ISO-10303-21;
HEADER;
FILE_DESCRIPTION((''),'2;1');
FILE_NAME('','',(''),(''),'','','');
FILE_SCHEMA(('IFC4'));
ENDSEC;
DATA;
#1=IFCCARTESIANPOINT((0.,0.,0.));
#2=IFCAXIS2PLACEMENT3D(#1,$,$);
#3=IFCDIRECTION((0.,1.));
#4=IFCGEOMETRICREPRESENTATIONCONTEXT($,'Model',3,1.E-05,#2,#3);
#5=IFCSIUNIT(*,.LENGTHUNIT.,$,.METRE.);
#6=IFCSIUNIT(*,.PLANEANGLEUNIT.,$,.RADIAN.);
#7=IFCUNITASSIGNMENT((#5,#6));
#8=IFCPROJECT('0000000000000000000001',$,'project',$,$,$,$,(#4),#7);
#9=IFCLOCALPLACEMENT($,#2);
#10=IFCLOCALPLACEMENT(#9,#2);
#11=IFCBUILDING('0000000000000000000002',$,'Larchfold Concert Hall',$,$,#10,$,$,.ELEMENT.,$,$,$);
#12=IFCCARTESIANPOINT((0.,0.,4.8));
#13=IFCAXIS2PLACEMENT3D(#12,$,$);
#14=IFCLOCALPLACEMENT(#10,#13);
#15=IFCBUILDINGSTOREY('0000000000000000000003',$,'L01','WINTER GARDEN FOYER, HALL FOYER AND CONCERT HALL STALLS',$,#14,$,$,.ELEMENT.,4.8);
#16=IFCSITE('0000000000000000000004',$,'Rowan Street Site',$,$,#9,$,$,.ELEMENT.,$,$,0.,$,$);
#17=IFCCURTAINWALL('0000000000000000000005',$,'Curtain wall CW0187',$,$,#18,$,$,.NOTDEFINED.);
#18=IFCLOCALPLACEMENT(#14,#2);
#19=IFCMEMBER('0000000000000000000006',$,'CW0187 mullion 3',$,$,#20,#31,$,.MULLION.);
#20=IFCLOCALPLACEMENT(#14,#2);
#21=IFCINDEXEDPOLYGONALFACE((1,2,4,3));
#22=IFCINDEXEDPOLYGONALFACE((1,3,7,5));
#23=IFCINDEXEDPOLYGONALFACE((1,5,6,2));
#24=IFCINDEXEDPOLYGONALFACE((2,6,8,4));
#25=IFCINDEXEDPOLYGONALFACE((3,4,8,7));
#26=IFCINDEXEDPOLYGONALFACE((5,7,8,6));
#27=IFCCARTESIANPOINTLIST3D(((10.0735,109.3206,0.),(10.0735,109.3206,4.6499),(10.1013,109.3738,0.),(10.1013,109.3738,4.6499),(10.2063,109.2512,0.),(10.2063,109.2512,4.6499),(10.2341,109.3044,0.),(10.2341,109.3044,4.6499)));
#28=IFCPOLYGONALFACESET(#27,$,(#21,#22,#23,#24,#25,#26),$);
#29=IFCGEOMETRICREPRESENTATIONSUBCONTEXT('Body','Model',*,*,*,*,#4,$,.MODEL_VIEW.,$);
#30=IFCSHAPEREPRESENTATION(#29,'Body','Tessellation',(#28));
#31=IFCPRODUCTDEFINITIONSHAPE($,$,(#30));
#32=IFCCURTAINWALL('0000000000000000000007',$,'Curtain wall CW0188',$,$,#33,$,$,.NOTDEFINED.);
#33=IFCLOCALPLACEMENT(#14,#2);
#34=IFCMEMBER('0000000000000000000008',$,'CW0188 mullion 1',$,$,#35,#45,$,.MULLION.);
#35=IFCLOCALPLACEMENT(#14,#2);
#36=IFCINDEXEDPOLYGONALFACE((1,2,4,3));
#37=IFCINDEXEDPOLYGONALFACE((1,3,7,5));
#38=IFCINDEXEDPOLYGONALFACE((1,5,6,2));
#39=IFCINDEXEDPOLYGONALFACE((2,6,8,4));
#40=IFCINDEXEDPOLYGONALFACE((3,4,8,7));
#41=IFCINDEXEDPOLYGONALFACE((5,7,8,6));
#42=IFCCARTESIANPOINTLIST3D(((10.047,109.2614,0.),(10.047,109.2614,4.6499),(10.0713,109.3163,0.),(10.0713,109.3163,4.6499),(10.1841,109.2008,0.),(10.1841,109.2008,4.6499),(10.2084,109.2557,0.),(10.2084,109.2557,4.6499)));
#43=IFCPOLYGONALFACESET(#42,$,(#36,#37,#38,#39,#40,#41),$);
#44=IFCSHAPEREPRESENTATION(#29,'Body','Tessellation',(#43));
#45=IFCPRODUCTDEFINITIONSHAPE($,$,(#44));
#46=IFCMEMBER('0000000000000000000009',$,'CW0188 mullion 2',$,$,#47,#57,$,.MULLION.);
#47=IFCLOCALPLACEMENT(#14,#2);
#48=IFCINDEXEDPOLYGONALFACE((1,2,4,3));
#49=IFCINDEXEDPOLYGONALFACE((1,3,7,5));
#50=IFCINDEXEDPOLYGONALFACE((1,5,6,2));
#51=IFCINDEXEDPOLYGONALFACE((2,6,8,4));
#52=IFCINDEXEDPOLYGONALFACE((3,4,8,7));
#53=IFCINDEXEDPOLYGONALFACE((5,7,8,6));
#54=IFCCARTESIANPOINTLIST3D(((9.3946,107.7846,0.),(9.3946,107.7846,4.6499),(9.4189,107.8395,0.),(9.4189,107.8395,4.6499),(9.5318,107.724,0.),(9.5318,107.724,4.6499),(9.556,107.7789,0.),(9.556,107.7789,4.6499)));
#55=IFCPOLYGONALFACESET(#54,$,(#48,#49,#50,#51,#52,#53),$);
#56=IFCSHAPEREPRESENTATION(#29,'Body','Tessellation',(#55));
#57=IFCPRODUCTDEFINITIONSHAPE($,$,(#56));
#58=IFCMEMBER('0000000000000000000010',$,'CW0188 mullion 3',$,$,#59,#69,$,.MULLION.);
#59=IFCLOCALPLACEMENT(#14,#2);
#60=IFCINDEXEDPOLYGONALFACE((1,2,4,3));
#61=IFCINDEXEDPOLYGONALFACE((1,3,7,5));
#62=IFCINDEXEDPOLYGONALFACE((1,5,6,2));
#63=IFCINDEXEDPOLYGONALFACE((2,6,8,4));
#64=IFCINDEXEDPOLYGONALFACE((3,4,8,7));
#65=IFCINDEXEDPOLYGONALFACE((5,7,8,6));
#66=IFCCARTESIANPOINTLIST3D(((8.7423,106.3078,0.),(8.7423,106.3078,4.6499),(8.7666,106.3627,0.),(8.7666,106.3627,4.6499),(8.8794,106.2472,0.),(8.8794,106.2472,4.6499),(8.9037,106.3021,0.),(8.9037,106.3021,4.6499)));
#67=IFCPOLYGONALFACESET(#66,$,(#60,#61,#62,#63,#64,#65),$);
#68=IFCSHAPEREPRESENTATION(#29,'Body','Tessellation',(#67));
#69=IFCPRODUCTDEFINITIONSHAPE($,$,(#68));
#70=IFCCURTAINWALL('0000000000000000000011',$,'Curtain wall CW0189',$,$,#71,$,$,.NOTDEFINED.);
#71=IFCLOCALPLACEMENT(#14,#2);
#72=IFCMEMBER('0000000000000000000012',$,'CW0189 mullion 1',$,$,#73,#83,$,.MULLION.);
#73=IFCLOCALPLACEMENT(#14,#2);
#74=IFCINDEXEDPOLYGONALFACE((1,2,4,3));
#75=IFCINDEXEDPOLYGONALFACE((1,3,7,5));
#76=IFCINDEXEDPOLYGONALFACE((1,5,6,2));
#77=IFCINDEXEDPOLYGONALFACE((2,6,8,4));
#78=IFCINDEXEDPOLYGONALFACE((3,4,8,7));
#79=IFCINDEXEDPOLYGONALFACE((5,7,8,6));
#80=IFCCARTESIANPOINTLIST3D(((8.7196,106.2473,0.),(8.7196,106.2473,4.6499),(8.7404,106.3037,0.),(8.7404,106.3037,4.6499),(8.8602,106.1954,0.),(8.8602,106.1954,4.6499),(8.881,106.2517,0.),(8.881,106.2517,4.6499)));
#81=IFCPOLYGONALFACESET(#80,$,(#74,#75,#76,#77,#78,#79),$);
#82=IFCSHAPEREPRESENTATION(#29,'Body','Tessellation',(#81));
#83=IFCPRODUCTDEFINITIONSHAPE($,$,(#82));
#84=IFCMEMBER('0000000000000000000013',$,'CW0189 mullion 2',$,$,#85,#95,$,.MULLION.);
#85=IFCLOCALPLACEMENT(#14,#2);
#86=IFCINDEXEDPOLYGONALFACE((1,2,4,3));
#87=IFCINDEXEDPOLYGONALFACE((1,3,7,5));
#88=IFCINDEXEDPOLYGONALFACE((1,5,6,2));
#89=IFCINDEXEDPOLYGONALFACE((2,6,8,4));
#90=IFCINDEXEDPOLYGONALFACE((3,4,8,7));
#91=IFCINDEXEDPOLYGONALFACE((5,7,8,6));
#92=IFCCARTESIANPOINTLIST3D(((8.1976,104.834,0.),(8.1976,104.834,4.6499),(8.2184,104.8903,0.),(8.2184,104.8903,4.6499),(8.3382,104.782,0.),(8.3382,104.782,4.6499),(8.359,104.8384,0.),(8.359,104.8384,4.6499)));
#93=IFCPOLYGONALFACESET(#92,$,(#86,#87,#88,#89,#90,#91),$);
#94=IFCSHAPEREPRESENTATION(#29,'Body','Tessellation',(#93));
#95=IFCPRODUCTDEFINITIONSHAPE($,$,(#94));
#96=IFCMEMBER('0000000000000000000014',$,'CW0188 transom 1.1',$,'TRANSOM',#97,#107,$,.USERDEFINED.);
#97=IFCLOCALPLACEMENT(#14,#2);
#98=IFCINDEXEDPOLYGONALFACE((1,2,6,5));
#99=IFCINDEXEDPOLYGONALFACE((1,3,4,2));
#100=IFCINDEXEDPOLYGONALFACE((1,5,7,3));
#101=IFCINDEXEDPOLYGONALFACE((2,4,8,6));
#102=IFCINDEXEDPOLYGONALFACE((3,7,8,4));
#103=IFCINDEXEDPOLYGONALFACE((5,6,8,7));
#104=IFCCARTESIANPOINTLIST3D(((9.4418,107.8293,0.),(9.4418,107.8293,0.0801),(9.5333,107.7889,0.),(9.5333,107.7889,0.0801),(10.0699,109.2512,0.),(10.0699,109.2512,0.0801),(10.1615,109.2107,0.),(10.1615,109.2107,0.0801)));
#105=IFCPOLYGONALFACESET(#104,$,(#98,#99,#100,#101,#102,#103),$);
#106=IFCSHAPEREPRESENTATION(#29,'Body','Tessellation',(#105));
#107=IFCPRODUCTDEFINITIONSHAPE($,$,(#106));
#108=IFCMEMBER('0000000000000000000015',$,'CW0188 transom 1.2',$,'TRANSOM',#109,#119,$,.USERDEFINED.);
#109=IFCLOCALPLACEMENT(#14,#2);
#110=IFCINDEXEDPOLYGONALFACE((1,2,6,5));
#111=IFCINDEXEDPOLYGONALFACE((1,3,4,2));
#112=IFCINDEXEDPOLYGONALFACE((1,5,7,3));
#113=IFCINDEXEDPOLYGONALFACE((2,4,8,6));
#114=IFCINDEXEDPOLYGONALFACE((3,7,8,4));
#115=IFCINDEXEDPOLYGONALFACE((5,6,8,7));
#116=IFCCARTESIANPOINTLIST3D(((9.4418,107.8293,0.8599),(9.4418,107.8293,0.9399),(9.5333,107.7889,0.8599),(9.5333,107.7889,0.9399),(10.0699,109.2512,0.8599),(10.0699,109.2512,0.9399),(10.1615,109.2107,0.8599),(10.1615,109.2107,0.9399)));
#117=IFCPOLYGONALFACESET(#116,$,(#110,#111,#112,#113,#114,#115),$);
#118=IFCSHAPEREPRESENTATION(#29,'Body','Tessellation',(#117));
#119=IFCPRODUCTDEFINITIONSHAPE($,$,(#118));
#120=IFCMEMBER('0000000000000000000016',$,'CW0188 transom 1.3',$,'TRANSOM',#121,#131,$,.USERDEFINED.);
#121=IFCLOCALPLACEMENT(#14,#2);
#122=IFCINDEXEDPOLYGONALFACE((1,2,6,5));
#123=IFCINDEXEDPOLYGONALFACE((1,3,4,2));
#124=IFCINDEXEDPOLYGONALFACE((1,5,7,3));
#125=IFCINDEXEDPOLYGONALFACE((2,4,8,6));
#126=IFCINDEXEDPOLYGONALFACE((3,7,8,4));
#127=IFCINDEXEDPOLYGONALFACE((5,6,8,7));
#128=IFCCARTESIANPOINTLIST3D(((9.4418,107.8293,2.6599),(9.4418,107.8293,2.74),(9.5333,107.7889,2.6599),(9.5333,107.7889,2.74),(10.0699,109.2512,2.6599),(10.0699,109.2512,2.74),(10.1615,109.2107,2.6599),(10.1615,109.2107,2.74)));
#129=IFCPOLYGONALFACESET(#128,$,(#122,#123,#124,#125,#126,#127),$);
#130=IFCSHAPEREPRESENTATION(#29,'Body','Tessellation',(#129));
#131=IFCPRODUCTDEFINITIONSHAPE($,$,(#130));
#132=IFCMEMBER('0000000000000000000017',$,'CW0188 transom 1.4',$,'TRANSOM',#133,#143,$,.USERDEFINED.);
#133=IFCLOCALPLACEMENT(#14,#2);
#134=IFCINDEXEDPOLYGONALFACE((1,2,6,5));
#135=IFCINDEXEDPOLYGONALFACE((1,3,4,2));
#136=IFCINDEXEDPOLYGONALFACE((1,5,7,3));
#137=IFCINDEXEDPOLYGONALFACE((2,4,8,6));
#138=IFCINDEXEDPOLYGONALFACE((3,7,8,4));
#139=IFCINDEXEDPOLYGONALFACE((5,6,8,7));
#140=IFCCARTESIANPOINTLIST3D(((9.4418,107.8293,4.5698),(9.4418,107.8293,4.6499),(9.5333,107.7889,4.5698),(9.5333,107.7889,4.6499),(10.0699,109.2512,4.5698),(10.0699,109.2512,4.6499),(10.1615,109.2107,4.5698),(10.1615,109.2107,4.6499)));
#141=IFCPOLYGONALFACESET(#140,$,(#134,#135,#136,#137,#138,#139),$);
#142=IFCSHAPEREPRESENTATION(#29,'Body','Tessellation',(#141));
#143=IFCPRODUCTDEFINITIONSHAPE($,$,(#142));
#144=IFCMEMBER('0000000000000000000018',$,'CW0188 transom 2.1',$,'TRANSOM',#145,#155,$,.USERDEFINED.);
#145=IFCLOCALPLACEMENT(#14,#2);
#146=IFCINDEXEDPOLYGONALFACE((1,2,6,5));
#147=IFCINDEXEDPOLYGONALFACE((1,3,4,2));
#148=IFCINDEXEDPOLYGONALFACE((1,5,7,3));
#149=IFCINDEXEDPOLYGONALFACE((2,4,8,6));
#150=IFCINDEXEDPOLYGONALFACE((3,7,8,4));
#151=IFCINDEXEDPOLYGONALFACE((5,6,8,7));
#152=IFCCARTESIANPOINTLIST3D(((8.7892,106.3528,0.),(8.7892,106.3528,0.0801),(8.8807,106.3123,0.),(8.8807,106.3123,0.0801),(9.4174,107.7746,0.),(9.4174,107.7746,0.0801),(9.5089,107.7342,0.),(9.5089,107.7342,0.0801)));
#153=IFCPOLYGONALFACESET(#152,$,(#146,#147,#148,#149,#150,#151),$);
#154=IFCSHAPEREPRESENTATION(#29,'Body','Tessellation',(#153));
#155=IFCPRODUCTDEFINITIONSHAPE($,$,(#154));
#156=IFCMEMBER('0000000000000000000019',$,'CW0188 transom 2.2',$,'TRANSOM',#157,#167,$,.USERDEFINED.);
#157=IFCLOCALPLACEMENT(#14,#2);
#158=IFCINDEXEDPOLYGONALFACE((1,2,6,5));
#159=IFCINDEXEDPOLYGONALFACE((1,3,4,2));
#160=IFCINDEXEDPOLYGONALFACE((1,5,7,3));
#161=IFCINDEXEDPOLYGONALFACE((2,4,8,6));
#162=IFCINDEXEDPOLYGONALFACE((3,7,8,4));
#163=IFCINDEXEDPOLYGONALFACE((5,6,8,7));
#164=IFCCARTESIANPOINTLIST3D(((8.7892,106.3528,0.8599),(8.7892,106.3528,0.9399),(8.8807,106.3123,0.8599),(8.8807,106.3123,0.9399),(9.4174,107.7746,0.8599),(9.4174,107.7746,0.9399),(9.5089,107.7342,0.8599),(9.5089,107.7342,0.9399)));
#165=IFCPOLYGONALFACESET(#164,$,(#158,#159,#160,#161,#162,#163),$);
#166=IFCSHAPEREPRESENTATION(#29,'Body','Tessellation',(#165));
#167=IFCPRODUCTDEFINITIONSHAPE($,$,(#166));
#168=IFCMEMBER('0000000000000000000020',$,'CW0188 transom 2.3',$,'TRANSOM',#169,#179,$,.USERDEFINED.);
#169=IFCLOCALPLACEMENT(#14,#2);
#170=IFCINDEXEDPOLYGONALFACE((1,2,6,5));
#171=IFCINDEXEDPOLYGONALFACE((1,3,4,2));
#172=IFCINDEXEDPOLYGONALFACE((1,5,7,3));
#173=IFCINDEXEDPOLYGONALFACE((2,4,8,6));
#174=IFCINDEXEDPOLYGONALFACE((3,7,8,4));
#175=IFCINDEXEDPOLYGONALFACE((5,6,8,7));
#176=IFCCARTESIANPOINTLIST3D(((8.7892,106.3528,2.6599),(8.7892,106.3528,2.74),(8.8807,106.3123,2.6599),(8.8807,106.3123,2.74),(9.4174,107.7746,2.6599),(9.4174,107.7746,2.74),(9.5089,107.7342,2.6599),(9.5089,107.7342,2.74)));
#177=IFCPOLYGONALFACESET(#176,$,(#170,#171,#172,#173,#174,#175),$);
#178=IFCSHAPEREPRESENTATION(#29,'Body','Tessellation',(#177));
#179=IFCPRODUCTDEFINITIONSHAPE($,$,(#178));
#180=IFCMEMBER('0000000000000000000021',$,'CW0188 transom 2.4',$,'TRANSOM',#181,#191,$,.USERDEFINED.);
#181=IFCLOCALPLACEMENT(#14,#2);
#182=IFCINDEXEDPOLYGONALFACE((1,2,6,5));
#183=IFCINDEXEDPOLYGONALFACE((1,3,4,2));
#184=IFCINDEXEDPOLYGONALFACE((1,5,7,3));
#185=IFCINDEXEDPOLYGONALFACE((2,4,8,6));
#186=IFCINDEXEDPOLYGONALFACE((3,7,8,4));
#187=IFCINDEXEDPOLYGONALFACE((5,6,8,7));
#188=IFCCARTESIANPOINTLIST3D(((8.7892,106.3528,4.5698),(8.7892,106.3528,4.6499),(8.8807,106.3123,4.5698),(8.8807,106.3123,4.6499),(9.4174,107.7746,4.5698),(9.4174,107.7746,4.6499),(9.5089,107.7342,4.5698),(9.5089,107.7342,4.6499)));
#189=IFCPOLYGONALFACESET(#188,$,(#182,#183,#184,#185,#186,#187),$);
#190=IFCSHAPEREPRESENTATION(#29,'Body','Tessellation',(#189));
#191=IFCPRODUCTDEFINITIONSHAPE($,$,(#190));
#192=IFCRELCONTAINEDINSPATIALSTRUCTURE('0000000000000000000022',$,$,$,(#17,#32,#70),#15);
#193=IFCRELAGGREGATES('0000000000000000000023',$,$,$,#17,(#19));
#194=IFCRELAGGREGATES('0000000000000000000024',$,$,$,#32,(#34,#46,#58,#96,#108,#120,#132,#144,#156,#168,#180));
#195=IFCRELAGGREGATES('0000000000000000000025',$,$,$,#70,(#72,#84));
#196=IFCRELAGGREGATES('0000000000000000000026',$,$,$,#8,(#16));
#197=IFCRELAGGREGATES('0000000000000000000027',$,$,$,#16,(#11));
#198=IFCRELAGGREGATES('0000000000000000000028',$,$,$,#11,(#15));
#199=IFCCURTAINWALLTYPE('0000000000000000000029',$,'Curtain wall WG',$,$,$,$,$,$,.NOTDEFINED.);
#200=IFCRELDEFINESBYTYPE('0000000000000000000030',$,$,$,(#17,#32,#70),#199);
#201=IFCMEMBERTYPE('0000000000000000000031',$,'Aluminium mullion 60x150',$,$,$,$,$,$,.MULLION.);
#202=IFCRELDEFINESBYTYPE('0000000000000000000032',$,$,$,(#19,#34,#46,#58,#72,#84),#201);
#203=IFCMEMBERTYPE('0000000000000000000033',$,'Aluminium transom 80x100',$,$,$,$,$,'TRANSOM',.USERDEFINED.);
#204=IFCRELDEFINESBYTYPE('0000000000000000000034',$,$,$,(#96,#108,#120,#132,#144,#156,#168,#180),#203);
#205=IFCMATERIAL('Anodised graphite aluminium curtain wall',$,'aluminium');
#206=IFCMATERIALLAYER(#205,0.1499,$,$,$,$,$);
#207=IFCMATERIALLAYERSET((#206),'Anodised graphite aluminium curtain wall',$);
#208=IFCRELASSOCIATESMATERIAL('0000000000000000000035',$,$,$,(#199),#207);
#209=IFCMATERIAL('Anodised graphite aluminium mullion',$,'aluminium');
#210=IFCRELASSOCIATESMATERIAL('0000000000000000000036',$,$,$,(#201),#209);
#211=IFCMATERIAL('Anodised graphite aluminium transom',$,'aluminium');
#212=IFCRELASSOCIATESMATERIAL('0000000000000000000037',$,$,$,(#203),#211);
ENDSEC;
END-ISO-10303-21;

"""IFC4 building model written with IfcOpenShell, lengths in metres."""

from ifc_helpers import new_model, si_unit, direction, frame, origin, origin_2d, place, context, subcontext, project, spatial, rectangle, extrude, material, layer, layer_set, material_profile, profile_set, type_object, element, aggregate, save


model = new_model("IFC4")

# Units and contexts
model_context = context("Model", 3, precision=1e-05, world=origin(), true_north=direction((0.0, 1.0)))
body_context = subcontext(model_context, "Body", "Model", "MODEL_VIEW")
ifc_project = project(units=[si_unit("LENGTHUNIT", "METRE"), si_unit("PLANEANGLEUNIT", "RADIAN")], contexts=[model_context])

# Site, building, storey
site_placement = place(None, origin())
site = spatial("IfcSite", under=ifc_project, at=site_placement, Name="Rowan Street Site", CompositionType="ELEMENT", RefElevation=0.0)
building_placement = place(site_placement, origin())
building = spatial("IfcBuilding", under=site, at=building_placement, Name="Larchfold Concert Hall", CompositionType="ELEMENT")
storey_placement = place(building_placement, frame((0.0, 0.0, 4.8)))
storey = spatial("IfcBuildingStorey", under=building, at=storey_placement, Name="L01", Description="WINTER GARDEN FOYER, HALL FOYER AND CONCERT HALL STALLS", CompositionType="ELEMENT", Elevation=4.8)

# Curtain wall, member
ifc_material_1 = material(Name="Anodised graphite aluminium curtain wall", Category="aluminium")
ifc_layer_1 = layer(ifc_material_1, 0.1499)
ifc_layer_set_1 = layer_set([ifc_layer_1], Name="Anodised graphite aluminium curtain wall")
curtain_wall_type = type_object("IfcCurtainWallType", Name="Curtain wall WG", PredefinedType="NOTDEFINED", material=ifc_layer_set_1)
curtain_wall_1_placement = place(storey_placement, origin())
curtain_wall_1 = element("IfcCurtainWall", 1, at=curtain_wall_1_placement, inside=storey, type_object=curtain_wall_type, Name="Curtain wall CW0187", PredefinedType="NOTDEFINED")
ifc_material_2 = material(Name="Anodised graphite aluminium mullion", Category="aluminium")
ifc_material_profile_1 = material_profile(ifc_material_2, rectangle(XDim=0.1499, YDim=0.0601, at=origin_2d()))
ifc_profile_set_1 = profile_set([ifc_material_profile_1], Name="Anodised graphite aluminium mullion")
member_type_1 = type_object("IfcMemberType", Name="Aluminium mullion 60x150", PredefinedType="MULLION", material=ifc_profile_set_1)
member_1_placement = place(storey_placement, frame((10.1538, 109.3125, 0.0), z_axis=(0.0, 0.0, 1.0), x_axis=(0.886294, -0.463124, 0.0)))
member_1 = element("IfcMember", 2, at=member_1_placement, type_object=member_type_1, Name="CW0187 mullion 3", PredefinedType="MULLION", context=body_context, shape_type="SweptSolid", body=[
    extrude(rectangle(XDim=0.1499, YDim=0.0601, at=origin_2d()), origin(), (0.0, 0.0, 1.0), 4.6499),
])
aggregate(curtain_wall_1, [member_1])

# Curtain walls, members
curtain_wall_2_placement = place(storey_placement, origin())
curtain_wall_2 = element("IfcCurtainWall", 3, at=curtain_wall_2_placement, inside=storey, type_object=curtain_wall_type, Name="Curtain wall CW0188", PredefinedType="NOTDEFINED")
member_2_placement = place(storey_placement, frame((10.1277, 109.2585, 0.0), z_axis=(0.0, 0.0, 1.0), x_axis=(0.914703, -0.404126, 0.0)))
member_2 = element("IfcMember", 4, at=member_2_placement, type_object=member_type_1, Name="CW0188 mullion 1", PredefinedType="MULLION", context=body_context, shape_type="SweptSolid", body=[
    extrude(rectangle(XDim=0.1499, YDim=0.0601, at=origin_2d()), origin(), (0.0, 0.0, 1.0), 4.6499),
])
member_3_placement = place(storey_placement, frame((9.4753, 107.7817, 0.0), z_axis=(0.0, 0.0, 1.0), x_axis=(0.914703, -0.404126, 0.0)))
member_3 = element("IfcMember", 5, at=member_3_placement, type_object=member_type_1, Name="CW0188 mullion 2", PredefinedType="MULLION", context=body_context, shape_type="SweptSolid", body=[
    extrude(rectangle(XDim=0.1499, YDim=0.0601, at=origin_2d()), origin(), (0.0, 0.0, 1.0), 4.6499),
])
member_4_placement = place(storey_placement, frame((8.823, 106.3049, 0.0), z_axis=(0.0, 0.0, 1.0), x_axis=(0.914703, -0.404126, 0.0)))
member_4 = element("IfcMember", 6, at=member_4_placement, type_object=member_type_1, Name="CW0188 mullion 3", PredefinedType="MULLION", context=body_context, shape_type="SweptSolid", body=[
    extrude(rectangle(XDim=0.1499, YDim=0.0601, at=origin_2d()), origin(), (0.0, 0.0, 1.0), 4.6499),
])
curtain_wall_3_placement = place(storey_placement, origin())
curtain_wall_3 = element("IfcCurtainWall", 7, at=curtain_wall_3_placement, inside=storey, type_object=curtain_wall_type, Name="Curtain wall CW0189", PredefinedType="NOTDEFINED")
member_5_placement = place(storey_placement, frame((8.8003, 106.2495, 0.0), z_axis=(0.0, 0.0, 1.0), x_axis=(0.938016, -0.346592, 0.0)))
member_5 = element("IfcMember", 8, at=member_5_placement, type_object=member_type_1, Name="CW0189 mullion 1", PredefinedType="MULLION", context=body_context, shape_type="SweptSolid", body=[
    extrude(rectangle(XDim=0.1499, YDim=0.0601, at=origin_2d()), origin(), (0.0, 0.0, 1.0), 4.6499),
])
member_6_placement = place(storey_placement, frame((8.2783, 104.8362, 0.0), z_axis=(0.0, 0.0, 1.0), x_axis=(0.938016, -0.346592, 0.0)))
member_6 = element("IfcMember", 9, at=member_6_placement, type_object=member_type_1, Name="CW0189 mullion 2", PredefinedType="MULLION", context=body_context, shape_type="SweptSolid", body=[
    extrude(rectangle(XDim=0.1499, YDim=0.0601, at=origin_2d()), origin(), (0.0, 0.0, 1.0), 4.6499),
])

# Members
ifc_material_3 = material(Name="Anodised graphite aluminium transom", Category="aluminium")
ifc_material_profile_2 = material_profile(ifc_material_3, rectangle(XDim=0.1001, YDim=0.0801, at=origin_2d()))
ifc_profile_set_2 = profile_set([ifc_material_profile_2], Name="Anodised graphite aluminium transom")
member_type_2 = type_object("IfcMemberType", Name="Aluminium transom 80x100", ElementType="TRANSOM", PredefinedType="USERDEFINED", material=ifc_profile_set_2)
member_7_placement = place(storey_placement, frame((10.1157, 109.231, 0.04), z_axis=(-0.404112, -0.91471, 0.0), x_axis=(0.91471, -0.404112, 0.0)))
member_7 = element("IfcMember", 10, at=member_7_placement, type_object=member_type_2, Name="CW0188 transom 1.1", ObjectType="TRANSOM", PredefinedType="USERDEFINED", context=body_context, shape_type="SweptSolid", body=[
    extrude(rectangle(XDim=0.1001, YDim=0.0801, at=origin_2d()), origin(), (0.0, 0.0, 1.0), 1.5544),
])
member_8_placement = place(storey_placement, frame((10.1157, 109.231, 0.8999), z_axis=(-0.404112, -0.91471, 0.0), x_axis=(0.91471, -0.404112, 0.0)))
member_8 = element("IfcMember", 11, at=member_8_placement, type_object=member_type_2, Name="CW0188 transom 1.2", ObjectType="TRANSOM", PredefinedType="USERDEFINED", context=body_context, shape_type="SweptSolid", body=[
    extrude(rectangle(XDim=0.1001, YDim=0.0801, at=origin_2d()), origin(), (0.0, 0.0, 1.0), 1.5544),
])
member_9_placement = place(storey_placement, frame((10.1157, 109.231, 2.7), z_axis=(-0.404112, -0.91471, 0.0), x_axis=(0.91471, -0.404112, 0.0)))
member_9 = element("IfcMember", 12, at=member_9_placement, type_object=member_type_2, Name="CW0188 transom 1.3", ObjectType="TRANSOM", PredefinedType="USERDEFINED", context=body_context, shape_type="SweptSolid", body=[
    extrude(rectangle(XDim=0.1001, YDim=0.0801, at=origin_2d()), origin(), (0.0, 0.0, 1.0), 1.5544),
])
member_10_placement = place(storey_placement, frame((10.1157, 109.231, 4.6099), z_axis=(-0.404112, -0.91471, 0.0), x_axis=(0.91471, -0.404112, 0.0)))
member_10 = element("IfcMember", 13, at=member_10_placement, type_object=member_type_2, Name="CW0188 transom 1.4", ObjectType="TRANSOM", PredefinedType="USERDEFINED", context=body_context, shape_type="SweptSolid", body=[
    extrude(rectangle(XDim=0.1001, YDim=0.0801, at=origin_2d()), origin(), (0.0, 0.0, 1.0), 1.5544),
])
member_11_placement = place(storey_placement, frame((9.4631, 107.7544, 0.04), z_axis=(-0.404112, -0.91471, 0.0), x_axis=(0.91471, -0.404112, 0.0)))
member_11 = element("IfcMember", 14, at=member_11_placement, type_object=member_type_2, Name="CW0188 transom 2.1", ObjectType="TRANSOM", PredefinedType="USERDEFINED", context=body_context, shape_type="SweptSolid", body=[
    extrude(rectangle(XDim=0.1001, YDim=0.0801, at=origin_2d()), origin(), (0.0, 0.0, 1.0), 1.5544),
])
member_12_placement = place(storey_placement, frame((9.4631, 107.7544, 0.8999), z_axis=(-0.404112, -0.91471, 0.0), x_axis=(0.91471, -0.404112, 0.0)))
member_12 = element("IfcMember", 15, at=member_12_placement, type_object=member_type_2, Name="CW0188 transom 2.2", ObjectType="TRANSOM", PredefinedType="USERDEFINED", context=body_context, shape_type="SweptSolid", body=[
    extrude(rectangle(XDim=0.1001, YDim=0.0801, at=origin_2d()), origin(), (0.0, 0.0, 1.0), 1.5544),
])
member_13_placement = place(storey_placement, frame((9.4631, 107.7544, 2.7), z_axis=(-0.404112, -0.91471, 0.0), x_axis=(0.91471, -0.404112, 0.0)))
member_13 = element("IfcMember", 16, at=member_13_placement, type_object=member_type_2, Name="CW0188 transom 2.3", ObjectType="TRANSOM", PredefinedType="USERDEFINED", context=body_context, shape_type="SweptSolid", body=[
    extrude(rectangle(XDim=0.1001, YDim=0.0801, at=origin_2d()), origin(), (0.0, 0.0, 1.0), 1.5544),
])
member_14_placement = place(storey_placement, frame((9.4631, 107.7544, 4.6099), z_axis=(-0.404112, -0.91471, 0.0), x_axis=(0.91471, -0.404112, 0.0)))
member_14 = element("IfcMember", 17, at=member_14_placement, type_object=member_type_2, Name="CW0188 transom 2.4", ObjectType="TRANSOM", PredefinedType="USERDEFINED", context=body_context, shape_type="SweptSolid", body=[
    extrude(rectangle(XDim=0.1001, YDim=0.0801, at=origin_2d()), origin(), (0.0, 0.0, 1.0), 1.5544),
])

aggregate(curtain_wall_2, [member_2, member_3, member_4, member_7, member_8, member_9, member_10, member_11, member_12, member_13, member_14])
aggregate(curtain_wall_3, [member_5, member_6])

save(model, "model.ifc")
